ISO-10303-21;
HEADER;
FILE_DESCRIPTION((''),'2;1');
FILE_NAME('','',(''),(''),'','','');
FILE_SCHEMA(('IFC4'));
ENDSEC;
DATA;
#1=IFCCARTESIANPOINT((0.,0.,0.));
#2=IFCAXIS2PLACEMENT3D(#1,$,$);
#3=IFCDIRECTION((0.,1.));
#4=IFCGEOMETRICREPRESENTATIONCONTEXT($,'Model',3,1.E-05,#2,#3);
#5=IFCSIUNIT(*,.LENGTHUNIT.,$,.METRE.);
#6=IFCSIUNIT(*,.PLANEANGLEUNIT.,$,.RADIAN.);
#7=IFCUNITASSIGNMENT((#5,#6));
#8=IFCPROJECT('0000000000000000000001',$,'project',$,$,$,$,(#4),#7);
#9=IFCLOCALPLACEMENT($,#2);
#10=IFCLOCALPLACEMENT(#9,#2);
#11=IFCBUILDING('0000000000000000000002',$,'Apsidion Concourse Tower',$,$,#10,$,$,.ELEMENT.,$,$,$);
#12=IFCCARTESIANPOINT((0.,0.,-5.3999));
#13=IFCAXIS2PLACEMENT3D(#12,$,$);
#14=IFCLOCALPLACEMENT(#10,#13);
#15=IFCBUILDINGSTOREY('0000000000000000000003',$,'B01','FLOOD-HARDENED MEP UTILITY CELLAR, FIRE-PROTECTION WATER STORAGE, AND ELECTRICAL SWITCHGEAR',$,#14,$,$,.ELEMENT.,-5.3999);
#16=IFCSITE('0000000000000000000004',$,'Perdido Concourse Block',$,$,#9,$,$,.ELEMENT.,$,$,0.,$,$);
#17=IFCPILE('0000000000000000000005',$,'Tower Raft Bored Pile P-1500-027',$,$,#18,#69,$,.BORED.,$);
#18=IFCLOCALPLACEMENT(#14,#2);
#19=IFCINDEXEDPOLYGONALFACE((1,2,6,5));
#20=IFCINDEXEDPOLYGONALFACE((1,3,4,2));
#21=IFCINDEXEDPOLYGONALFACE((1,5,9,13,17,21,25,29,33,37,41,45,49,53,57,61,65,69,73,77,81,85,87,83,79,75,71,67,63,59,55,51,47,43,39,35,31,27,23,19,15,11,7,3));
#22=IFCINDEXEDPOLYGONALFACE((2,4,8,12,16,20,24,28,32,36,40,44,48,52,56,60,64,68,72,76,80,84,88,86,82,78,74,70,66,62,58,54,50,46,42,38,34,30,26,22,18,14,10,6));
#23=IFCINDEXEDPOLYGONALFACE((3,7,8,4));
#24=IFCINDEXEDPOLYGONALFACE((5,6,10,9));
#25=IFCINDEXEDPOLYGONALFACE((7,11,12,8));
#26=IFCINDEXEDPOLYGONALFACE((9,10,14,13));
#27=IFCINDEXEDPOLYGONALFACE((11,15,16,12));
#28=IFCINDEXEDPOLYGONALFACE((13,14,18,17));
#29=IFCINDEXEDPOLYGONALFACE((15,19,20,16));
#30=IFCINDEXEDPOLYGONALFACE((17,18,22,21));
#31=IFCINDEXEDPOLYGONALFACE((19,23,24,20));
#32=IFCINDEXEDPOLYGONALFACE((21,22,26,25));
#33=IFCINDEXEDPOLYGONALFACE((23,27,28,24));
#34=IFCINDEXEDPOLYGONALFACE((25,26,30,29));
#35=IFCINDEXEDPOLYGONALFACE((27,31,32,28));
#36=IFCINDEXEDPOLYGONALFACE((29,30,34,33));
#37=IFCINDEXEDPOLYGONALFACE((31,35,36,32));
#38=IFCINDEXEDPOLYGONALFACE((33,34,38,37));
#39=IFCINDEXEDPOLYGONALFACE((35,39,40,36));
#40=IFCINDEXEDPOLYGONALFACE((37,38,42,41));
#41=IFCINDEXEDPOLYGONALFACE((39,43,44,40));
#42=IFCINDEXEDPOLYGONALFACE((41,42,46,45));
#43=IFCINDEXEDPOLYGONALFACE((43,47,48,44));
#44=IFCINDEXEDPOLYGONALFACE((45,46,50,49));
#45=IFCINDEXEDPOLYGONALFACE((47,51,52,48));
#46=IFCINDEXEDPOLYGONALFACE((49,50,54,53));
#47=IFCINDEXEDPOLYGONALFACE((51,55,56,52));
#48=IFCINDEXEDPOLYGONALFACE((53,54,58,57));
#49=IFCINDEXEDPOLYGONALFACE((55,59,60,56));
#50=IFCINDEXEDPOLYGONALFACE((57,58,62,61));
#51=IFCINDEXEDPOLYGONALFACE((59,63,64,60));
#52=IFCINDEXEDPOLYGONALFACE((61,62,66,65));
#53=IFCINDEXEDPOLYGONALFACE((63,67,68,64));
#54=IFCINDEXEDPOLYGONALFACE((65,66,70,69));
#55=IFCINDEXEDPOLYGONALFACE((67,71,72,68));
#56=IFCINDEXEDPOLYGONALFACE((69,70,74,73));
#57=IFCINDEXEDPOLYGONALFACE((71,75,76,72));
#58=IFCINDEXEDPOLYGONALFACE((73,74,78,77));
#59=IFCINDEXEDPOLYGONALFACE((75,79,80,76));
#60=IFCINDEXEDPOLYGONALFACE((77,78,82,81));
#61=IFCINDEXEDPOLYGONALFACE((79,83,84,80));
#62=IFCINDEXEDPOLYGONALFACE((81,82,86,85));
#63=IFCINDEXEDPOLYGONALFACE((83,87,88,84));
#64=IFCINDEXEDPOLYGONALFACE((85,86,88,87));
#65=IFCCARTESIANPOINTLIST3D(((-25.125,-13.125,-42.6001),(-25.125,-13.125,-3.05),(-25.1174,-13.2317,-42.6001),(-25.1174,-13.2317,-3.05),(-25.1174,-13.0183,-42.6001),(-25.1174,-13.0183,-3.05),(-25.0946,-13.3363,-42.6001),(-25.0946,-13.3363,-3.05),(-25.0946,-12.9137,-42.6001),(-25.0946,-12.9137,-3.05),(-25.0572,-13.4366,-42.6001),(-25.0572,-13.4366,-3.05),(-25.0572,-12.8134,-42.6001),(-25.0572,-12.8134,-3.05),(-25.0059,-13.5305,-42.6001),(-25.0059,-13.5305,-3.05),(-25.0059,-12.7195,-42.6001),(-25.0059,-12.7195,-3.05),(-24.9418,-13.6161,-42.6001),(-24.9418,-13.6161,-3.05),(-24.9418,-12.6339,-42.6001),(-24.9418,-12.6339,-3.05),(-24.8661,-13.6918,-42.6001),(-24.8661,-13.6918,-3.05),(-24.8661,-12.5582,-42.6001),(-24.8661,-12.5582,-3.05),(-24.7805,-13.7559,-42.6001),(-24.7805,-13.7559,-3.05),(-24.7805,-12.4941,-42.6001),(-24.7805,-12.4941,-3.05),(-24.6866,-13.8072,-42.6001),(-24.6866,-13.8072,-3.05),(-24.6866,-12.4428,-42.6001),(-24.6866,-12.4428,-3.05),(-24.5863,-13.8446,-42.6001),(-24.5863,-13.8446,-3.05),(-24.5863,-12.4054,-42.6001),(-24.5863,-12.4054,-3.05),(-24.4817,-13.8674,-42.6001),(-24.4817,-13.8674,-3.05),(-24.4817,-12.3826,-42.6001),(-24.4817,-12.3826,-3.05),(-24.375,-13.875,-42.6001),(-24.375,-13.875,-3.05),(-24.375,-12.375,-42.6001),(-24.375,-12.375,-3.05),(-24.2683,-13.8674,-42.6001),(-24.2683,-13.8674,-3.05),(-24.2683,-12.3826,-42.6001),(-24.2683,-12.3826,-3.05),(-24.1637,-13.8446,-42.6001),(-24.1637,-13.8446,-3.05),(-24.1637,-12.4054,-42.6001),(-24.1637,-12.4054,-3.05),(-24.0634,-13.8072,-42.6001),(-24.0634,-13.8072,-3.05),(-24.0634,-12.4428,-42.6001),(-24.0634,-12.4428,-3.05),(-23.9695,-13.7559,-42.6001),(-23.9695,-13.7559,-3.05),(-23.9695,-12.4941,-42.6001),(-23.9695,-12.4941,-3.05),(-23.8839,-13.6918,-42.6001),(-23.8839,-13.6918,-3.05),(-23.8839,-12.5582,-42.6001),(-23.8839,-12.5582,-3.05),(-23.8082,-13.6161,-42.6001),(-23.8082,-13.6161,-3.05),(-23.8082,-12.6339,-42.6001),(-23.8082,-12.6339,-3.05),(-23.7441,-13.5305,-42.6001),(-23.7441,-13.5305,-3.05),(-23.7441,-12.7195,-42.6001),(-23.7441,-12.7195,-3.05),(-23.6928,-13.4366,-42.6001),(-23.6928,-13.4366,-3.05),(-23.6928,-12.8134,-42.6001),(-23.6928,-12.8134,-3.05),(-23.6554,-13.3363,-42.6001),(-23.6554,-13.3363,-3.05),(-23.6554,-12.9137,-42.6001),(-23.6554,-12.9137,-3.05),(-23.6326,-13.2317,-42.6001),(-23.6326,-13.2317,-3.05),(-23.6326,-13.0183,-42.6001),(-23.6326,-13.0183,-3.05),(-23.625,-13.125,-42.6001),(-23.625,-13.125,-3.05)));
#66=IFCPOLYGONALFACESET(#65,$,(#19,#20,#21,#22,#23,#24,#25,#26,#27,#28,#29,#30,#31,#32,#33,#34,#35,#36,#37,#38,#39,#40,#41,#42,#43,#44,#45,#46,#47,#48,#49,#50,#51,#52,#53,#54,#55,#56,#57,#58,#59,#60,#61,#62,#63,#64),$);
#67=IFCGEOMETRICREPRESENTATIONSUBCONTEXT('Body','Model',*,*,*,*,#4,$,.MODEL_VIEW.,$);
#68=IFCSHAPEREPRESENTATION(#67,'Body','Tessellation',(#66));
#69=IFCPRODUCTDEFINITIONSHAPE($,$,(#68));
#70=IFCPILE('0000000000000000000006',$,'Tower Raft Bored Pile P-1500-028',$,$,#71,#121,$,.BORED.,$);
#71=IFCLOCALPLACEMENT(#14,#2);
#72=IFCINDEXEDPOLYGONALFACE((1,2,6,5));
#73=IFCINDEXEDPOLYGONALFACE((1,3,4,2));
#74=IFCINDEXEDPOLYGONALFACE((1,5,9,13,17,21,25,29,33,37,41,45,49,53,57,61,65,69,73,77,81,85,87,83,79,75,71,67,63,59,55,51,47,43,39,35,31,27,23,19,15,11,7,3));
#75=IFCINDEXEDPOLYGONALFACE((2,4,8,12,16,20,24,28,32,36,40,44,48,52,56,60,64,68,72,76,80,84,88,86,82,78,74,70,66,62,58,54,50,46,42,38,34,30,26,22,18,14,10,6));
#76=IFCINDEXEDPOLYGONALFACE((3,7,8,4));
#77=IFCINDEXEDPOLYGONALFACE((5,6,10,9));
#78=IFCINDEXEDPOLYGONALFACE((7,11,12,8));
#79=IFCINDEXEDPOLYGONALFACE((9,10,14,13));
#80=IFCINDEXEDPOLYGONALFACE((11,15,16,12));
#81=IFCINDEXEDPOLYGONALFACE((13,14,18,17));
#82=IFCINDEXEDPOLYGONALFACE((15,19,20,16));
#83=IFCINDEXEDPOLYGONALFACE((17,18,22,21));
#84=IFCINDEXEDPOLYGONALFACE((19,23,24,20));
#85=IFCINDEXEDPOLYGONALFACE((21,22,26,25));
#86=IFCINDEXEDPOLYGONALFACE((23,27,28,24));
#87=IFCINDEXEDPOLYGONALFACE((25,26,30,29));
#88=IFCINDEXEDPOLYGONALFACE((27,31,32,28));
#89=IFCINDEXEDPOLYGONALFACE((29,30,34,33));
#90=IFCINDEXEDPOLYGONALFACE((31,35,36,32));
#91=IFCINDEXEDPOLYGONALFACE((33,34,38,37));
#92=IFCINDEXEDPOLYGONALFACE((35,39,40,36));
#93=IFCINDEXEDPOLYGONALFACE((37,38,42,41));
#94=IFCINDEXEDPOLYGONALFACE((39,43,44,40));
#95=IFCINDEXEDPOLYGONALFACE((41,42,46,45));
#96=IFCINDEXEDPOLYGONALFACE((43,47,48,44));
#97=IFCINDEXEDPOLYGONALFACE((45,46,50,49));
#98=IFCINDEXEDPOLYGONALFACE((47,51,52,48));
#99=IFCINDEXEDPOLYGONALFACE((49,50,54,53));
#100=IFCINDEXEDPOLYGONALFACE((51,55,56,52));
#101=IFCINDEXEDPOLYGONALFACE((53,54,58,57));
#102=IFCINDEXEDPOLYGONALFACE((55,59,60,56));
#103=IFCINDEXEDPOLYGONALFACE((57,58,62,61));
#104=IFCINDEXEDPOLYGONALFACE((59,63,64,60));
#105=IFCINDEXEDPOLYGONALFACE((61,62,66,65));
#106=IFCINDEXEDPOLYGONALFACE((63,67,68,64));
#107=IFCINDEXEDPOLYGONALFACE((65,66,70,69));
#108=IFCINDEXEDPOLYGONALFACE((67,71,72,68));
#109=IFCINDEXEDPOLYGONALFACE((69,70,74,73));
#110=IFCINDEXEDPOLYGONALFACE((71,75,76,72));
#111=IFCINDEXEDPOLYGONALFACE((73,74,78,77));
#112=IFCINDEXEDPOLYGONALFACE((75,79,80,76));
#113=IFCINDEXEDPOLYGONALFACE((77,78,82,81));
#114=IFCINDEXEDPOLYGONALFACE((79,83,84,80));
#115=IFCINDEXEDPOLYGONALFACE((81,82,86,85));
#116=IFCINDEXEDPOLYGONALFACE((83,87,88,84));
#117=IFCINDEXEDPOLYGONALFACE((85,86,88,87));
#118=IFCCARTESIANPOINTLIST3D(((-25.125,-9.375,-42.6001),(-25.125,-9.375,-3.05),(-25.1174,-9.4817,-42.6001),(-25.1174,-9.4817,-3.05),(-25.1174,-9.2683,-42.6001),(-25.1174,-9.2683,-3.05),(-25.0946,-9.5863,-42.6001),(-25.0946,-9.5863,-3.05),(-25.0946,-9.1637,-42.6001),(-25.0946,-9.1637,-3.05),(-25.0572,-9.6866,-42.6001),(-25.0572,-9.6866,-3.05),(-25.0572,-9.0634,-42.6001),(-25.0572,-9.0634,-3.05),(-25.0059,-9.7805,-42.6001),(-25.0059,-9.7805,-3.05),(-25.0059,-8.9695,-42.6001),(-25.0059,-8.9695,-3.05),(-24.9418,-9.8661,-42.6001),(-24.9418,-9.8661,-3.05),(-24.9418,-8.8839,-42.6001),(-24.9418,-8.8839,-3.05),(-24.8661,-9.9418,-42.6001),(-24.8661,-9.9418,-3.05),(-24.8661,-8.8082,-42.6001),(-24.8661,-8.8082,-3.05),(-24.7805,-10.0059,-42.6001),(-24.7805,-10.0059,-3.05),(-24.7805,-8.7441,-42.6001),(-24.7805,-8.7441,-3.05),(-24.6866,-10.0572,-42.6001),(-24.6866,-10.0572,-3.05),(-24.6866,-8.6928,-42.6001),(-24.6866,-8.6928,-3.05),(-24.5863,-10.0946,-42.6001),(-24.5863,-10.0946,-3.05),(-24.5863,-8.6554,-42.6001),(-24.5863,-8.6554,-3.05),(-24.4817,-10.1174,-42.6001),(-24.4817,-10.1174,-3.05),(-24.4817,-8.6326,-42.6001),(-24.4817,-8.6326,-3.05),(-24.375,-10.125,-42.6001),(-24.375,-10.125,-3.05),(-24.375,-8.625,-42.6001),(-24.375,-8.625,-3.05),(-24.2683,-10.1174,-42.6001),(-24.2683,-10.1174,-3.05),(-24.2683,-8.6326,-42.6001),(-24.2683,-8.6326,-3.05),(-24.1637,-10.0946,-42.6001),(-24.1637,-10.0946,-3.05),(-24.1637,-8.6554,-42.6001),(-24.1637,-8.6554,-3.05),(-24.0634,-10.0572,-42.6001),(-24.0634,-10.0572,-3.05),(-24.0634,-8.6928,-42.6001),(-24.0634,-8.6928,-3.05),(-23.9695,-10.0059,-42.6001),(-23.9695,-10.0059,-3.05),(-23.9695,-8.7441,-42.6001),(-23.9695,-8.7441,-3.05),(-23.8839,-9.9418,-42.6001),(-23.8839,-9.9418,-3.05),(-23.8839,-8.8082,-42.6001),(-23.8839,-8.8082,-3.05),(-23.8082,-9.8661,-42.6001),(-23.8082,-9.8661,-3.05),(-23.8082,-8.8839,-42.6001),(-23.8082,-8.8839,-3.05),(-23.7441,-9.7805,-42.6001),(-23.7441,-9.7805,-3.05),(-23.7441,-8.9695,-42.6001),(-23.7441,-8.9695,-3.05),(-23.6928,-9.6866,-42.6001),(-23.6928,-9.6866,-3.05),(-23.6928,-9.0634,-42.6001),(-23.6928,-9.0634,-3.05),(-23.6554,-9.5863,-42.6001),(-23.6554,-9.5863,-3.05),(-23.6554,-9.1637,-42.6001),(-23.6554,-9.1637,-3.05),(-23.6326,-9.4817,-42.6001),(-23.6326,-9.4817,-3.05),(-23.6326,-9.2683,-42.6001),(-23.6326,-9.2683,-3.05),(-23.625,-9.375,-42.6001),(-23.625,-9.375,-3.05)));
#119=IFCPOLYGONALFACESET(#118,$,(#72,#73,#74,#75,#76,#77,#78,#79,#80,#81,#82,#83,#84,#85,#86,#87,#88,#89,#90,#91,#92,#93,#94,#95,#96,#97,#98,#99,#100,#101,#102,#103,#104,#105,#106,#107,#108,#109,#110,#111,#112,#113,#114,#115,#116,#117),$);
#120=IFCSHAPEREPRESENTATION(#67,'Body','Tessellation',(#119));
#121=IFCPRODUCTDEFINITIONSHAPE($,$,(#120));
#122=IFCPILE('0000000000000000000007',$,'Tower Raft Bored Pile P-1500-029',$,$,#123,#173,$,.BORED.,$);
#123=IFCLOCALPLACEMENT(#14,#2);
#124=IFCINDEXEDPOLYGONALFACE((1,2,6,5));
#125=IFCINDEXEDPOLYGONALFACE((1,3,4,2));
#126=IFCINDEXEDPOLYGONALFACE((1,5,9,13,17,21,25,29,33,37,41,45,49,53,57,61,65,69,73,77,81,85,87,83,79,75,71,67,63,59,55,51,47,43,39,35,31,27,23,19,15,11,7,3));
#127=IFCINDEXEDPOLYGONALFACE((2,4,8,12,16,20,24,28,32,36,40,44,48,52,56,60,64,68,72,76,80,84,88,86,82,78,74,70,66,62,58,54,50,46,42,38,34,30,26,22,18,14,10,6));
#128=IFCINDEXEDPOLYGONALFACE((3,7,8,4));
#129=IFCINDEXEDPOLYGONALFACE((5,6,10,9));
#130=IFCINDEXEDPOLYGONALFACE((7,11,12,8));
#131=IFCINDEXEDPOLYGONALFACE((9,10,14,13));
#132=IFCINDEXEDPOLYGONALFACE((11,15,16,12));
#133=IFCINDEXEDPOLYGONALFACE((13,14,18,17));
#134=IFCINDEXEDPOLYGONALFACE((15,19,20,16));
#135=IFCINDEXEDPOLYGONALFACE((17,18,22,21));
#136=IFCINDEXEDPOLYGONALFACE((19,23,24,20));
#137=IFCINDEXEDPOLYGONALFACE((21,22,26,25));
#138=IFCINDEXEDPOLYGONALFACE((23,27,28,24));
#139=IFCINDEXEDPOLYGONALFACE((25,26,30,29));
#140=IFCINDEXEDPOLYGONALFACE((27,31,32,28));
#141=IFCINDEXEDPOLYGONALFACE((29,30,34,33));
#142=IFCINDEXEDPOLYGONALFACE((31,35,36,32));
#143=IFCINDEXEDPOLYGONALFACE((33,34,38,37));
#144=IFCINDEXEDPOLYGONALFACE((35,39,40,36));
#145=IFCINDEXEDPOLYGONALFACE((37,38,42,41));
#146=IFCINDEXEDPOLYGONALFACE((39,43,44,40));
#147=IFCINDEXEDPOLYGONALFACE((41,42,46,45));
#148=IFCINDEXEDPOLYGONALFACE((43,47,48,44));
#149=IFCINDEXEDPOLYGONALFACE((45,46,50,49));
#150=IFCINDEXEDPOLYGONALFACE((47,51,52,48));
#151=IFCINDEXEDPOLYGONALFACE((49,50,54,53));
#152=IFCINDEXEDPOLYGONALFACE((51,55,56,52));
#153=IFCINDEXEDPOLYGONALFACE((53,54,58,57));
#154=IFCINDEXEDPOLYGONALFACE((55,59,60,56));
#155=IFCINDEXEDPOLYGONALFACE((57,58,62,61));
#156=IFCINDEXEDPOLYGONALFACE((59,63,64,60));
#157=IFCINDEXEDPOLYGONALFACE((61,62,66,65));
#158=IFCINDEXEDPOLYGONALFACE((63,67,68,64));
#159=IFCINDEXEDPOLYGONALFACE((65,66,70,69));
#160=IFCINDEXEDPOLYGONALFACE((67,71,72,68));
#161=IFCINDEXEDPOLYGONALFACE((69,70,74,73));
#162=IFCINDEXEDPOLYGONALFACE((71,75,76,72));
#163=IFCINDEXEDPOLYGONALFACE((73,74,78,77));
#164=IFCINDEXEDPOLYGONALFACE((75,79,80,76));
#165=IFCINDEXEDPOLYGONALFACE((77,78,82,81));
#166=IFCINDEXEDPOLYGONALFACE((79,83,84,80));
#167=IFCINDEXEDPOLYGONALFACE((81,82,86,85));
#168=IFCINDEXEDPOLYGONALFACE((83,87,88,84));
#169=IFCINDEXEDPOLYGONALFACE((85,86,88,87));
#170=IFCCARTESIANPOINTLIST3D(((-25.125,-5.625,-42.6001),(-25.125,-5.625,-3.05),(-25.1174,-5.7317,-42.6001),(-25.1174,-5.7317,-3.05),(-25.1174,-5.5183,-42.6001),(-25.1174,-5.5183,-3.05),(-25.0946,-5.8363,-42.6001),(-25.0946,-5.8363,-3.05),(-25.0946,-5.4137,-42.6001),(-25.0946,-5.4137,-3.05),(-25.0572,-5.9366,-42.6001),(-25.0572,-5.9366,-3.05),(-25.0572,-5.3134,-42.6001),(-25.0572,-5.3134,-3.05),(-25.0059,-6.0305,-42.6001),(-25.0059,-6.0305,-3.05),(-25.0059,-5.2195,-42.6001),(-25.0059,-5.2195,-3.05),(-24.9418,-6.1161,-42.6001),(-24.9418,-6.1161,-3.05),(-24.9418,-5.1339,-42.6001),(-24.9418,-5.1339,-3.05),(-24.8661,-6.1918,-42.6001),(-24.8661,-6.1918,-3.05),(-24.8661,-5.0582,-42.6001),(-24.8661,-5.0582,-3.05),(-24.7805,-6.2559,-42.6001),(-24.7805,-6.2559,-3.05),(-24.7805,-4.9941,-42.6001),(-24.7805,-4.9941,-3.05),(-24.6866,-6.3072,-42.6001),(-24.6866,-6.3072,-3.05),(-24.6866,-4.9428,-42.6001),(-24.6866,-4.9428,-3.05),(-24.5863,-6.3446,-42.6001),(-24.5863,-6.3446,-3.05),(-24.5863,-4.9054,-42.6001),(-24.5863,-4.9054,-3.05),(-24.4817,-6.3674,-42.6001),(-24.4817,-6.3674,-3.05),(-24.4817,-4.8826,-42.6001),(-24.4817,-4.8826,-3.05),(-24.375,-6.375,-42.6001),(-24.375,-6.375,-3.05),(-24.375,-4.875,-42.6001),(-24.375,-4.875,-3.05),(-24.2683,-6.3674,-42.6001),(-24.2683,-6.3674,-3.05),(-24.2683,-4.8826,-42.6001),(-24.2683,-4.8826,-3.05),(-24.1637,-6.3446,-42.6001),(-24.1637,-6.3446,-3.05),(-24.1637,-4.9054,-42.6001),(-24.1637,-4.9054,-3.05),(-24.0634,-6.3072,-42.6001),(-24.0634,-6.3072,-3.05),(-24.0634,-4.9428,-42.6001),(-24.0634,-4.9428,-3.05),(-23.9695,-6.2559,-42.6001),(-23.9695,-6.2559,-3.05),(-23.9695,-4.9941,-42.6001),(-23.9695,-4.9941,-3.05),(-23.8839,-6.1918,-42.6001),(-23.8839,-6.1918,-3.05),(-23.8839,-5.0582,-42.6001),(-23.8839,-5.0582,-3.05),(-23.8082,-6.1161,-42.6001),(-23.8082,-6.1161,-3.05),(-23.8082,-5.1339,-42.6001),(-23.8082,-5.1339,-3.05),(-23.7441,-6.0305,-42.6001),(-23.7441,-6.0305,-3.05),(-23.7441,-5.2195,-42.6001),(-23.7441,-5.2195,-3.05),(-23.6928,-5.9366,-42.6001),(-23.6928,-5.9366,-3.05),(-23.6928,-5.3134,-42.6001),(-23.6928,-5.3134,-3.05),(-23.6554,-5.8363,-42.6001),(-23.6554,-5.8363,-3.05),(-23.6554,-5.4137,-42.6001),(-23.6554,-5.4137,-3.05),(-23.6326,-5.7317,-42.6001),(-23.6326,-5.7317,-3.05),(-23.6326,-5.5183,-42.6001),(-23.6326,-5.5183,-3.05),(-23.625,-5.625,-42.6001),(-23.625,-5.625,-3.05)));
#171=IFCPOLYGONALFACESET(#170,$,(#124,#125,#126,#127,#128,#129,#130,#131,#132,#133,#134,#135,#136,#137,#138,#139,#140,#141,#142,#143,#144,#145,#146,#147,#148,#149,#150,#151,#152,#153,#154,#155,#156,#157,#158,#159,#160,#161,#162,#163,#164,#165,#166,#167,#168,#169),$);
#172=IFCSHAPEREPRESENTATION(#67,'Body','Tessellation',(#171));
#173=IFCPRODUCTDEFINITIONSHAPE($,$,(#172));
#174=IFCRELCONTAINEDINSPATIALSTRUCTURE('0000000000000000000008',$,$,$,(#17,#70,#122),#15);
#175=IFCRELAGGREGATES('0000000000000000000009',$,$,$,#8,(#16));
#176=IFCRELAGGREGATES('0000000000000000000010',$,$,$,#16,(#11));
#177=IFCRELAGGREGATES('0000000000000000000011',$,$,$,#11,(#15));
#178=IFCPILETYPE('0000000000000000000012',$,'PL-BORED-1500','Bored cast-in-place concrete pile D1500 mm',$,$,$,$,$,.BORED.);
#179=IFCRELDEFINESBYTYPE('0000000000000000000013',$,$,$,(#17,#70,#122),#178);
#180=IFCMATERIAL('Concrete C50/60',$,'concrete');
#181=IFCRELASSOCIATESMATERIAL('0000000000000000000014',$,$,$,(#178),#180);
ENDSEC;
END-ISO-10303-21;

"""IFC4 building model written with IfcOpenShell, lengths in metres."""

from ifc_helpers import new_model, si_unit, direction, frame, origin, origin_2d, place, context, subcontext, project, spatial, circle, extrude, material, material_profile, profile_set, type_object, element, save


model = new_model("IFC4")

# Units and contexts
model_context = context("Model", 3, precision=1e-05, world=origin(), true_north=direction((0.0, 1.0)))
body_context = subcontext(model_context, "Body", "Model", "MODEL_VIEW")
ifc_project = project(units=[si_unit("LENGTHUNIT", "METRE"), si_unit("PLANEANGLEUNIT", "RADIAN")], contexts=[model_context])

# Site, building, storey
site_placement = place(None, origin())
site = spatial("IfcSite", under=ifc_project, at=site_placement, Name="Perdido Concourse Block", CompositionType="ELEMENT", RefElevation=0.0)
building_placement = place(site_placement, origin())
building = spatial("IfcBuilding", under=site, at=building_placement, Name="Apsidion Concourse Tower", CompositionType="ELEMENT")
storey_placement = place(building_placement, frame((0.0, 0.0, -5.3999)))
storey = spatial("IfcBuildingStorey", under=building, at=storey_placement, Name="B01", Description="FLOOD-HARDENED MEP UTILITY CELLAR, FIRE-PROTECTION WATER STORAGE, AND ELECTRICAL SWITCHGEAR", CompositionType="ELEMENT", Elevation=-5.3999)

# Shared definitions
ifc_material_1 = material(Name="Concrete C50/60", Category="concrete")

# Piles
ifc_material_profile_1 = material_profile(ifc_material_1, circle(Radius=0.75, at=origin_2d()), Name="BORED PILE D1500")
ifc_profile_set_1 = profile_set([ifc_material_profile_1], Name="Concrete C50/60")
pile_type_1 = type_object("IfcPileType", Name="PL-BORED-1500", Description="Bored cast-in-place concrete pile D1500 mm", PredefinedType="BORED", material=ifc_profile_set_1)
for number, where, z_axis, x_axis, name in (
    (1, (-24.375, -13.125, -3.05), (0.0, 0.0, -1.0), (1.0, 0.0, 0.0), "Tower Raft Bored Pile P-1500-027"),
    (2, (-24.375, -9.375, -3.05), (0.0, 0.0, -1.0), (1.0, 0.0, 0.0), "Tower Raft Bored Pile P-1500-028"),
    (3, (-24.375, -5.625, -3.05), (0.0, 0.0, -1.0), (1.0, 0.0, 0.0), "Tower Raft Bored Pile P-1500-029"),
):
    element("IfcPile", number, at=place(storey_placement, frame(where, z_axis=z_axis, x_axis=x_axis)), inside=storey, type_object=pile_type_1, Name=name, PredefinedType="BORED", context=body_context, shape_type="SweptSolid", body=[
        extrude(circle(Radius=0.75, at=origin_2d()), origin(), (0.0, 0.0, 1.0), 39.55),
    ])

save(model, "model.ifc")
